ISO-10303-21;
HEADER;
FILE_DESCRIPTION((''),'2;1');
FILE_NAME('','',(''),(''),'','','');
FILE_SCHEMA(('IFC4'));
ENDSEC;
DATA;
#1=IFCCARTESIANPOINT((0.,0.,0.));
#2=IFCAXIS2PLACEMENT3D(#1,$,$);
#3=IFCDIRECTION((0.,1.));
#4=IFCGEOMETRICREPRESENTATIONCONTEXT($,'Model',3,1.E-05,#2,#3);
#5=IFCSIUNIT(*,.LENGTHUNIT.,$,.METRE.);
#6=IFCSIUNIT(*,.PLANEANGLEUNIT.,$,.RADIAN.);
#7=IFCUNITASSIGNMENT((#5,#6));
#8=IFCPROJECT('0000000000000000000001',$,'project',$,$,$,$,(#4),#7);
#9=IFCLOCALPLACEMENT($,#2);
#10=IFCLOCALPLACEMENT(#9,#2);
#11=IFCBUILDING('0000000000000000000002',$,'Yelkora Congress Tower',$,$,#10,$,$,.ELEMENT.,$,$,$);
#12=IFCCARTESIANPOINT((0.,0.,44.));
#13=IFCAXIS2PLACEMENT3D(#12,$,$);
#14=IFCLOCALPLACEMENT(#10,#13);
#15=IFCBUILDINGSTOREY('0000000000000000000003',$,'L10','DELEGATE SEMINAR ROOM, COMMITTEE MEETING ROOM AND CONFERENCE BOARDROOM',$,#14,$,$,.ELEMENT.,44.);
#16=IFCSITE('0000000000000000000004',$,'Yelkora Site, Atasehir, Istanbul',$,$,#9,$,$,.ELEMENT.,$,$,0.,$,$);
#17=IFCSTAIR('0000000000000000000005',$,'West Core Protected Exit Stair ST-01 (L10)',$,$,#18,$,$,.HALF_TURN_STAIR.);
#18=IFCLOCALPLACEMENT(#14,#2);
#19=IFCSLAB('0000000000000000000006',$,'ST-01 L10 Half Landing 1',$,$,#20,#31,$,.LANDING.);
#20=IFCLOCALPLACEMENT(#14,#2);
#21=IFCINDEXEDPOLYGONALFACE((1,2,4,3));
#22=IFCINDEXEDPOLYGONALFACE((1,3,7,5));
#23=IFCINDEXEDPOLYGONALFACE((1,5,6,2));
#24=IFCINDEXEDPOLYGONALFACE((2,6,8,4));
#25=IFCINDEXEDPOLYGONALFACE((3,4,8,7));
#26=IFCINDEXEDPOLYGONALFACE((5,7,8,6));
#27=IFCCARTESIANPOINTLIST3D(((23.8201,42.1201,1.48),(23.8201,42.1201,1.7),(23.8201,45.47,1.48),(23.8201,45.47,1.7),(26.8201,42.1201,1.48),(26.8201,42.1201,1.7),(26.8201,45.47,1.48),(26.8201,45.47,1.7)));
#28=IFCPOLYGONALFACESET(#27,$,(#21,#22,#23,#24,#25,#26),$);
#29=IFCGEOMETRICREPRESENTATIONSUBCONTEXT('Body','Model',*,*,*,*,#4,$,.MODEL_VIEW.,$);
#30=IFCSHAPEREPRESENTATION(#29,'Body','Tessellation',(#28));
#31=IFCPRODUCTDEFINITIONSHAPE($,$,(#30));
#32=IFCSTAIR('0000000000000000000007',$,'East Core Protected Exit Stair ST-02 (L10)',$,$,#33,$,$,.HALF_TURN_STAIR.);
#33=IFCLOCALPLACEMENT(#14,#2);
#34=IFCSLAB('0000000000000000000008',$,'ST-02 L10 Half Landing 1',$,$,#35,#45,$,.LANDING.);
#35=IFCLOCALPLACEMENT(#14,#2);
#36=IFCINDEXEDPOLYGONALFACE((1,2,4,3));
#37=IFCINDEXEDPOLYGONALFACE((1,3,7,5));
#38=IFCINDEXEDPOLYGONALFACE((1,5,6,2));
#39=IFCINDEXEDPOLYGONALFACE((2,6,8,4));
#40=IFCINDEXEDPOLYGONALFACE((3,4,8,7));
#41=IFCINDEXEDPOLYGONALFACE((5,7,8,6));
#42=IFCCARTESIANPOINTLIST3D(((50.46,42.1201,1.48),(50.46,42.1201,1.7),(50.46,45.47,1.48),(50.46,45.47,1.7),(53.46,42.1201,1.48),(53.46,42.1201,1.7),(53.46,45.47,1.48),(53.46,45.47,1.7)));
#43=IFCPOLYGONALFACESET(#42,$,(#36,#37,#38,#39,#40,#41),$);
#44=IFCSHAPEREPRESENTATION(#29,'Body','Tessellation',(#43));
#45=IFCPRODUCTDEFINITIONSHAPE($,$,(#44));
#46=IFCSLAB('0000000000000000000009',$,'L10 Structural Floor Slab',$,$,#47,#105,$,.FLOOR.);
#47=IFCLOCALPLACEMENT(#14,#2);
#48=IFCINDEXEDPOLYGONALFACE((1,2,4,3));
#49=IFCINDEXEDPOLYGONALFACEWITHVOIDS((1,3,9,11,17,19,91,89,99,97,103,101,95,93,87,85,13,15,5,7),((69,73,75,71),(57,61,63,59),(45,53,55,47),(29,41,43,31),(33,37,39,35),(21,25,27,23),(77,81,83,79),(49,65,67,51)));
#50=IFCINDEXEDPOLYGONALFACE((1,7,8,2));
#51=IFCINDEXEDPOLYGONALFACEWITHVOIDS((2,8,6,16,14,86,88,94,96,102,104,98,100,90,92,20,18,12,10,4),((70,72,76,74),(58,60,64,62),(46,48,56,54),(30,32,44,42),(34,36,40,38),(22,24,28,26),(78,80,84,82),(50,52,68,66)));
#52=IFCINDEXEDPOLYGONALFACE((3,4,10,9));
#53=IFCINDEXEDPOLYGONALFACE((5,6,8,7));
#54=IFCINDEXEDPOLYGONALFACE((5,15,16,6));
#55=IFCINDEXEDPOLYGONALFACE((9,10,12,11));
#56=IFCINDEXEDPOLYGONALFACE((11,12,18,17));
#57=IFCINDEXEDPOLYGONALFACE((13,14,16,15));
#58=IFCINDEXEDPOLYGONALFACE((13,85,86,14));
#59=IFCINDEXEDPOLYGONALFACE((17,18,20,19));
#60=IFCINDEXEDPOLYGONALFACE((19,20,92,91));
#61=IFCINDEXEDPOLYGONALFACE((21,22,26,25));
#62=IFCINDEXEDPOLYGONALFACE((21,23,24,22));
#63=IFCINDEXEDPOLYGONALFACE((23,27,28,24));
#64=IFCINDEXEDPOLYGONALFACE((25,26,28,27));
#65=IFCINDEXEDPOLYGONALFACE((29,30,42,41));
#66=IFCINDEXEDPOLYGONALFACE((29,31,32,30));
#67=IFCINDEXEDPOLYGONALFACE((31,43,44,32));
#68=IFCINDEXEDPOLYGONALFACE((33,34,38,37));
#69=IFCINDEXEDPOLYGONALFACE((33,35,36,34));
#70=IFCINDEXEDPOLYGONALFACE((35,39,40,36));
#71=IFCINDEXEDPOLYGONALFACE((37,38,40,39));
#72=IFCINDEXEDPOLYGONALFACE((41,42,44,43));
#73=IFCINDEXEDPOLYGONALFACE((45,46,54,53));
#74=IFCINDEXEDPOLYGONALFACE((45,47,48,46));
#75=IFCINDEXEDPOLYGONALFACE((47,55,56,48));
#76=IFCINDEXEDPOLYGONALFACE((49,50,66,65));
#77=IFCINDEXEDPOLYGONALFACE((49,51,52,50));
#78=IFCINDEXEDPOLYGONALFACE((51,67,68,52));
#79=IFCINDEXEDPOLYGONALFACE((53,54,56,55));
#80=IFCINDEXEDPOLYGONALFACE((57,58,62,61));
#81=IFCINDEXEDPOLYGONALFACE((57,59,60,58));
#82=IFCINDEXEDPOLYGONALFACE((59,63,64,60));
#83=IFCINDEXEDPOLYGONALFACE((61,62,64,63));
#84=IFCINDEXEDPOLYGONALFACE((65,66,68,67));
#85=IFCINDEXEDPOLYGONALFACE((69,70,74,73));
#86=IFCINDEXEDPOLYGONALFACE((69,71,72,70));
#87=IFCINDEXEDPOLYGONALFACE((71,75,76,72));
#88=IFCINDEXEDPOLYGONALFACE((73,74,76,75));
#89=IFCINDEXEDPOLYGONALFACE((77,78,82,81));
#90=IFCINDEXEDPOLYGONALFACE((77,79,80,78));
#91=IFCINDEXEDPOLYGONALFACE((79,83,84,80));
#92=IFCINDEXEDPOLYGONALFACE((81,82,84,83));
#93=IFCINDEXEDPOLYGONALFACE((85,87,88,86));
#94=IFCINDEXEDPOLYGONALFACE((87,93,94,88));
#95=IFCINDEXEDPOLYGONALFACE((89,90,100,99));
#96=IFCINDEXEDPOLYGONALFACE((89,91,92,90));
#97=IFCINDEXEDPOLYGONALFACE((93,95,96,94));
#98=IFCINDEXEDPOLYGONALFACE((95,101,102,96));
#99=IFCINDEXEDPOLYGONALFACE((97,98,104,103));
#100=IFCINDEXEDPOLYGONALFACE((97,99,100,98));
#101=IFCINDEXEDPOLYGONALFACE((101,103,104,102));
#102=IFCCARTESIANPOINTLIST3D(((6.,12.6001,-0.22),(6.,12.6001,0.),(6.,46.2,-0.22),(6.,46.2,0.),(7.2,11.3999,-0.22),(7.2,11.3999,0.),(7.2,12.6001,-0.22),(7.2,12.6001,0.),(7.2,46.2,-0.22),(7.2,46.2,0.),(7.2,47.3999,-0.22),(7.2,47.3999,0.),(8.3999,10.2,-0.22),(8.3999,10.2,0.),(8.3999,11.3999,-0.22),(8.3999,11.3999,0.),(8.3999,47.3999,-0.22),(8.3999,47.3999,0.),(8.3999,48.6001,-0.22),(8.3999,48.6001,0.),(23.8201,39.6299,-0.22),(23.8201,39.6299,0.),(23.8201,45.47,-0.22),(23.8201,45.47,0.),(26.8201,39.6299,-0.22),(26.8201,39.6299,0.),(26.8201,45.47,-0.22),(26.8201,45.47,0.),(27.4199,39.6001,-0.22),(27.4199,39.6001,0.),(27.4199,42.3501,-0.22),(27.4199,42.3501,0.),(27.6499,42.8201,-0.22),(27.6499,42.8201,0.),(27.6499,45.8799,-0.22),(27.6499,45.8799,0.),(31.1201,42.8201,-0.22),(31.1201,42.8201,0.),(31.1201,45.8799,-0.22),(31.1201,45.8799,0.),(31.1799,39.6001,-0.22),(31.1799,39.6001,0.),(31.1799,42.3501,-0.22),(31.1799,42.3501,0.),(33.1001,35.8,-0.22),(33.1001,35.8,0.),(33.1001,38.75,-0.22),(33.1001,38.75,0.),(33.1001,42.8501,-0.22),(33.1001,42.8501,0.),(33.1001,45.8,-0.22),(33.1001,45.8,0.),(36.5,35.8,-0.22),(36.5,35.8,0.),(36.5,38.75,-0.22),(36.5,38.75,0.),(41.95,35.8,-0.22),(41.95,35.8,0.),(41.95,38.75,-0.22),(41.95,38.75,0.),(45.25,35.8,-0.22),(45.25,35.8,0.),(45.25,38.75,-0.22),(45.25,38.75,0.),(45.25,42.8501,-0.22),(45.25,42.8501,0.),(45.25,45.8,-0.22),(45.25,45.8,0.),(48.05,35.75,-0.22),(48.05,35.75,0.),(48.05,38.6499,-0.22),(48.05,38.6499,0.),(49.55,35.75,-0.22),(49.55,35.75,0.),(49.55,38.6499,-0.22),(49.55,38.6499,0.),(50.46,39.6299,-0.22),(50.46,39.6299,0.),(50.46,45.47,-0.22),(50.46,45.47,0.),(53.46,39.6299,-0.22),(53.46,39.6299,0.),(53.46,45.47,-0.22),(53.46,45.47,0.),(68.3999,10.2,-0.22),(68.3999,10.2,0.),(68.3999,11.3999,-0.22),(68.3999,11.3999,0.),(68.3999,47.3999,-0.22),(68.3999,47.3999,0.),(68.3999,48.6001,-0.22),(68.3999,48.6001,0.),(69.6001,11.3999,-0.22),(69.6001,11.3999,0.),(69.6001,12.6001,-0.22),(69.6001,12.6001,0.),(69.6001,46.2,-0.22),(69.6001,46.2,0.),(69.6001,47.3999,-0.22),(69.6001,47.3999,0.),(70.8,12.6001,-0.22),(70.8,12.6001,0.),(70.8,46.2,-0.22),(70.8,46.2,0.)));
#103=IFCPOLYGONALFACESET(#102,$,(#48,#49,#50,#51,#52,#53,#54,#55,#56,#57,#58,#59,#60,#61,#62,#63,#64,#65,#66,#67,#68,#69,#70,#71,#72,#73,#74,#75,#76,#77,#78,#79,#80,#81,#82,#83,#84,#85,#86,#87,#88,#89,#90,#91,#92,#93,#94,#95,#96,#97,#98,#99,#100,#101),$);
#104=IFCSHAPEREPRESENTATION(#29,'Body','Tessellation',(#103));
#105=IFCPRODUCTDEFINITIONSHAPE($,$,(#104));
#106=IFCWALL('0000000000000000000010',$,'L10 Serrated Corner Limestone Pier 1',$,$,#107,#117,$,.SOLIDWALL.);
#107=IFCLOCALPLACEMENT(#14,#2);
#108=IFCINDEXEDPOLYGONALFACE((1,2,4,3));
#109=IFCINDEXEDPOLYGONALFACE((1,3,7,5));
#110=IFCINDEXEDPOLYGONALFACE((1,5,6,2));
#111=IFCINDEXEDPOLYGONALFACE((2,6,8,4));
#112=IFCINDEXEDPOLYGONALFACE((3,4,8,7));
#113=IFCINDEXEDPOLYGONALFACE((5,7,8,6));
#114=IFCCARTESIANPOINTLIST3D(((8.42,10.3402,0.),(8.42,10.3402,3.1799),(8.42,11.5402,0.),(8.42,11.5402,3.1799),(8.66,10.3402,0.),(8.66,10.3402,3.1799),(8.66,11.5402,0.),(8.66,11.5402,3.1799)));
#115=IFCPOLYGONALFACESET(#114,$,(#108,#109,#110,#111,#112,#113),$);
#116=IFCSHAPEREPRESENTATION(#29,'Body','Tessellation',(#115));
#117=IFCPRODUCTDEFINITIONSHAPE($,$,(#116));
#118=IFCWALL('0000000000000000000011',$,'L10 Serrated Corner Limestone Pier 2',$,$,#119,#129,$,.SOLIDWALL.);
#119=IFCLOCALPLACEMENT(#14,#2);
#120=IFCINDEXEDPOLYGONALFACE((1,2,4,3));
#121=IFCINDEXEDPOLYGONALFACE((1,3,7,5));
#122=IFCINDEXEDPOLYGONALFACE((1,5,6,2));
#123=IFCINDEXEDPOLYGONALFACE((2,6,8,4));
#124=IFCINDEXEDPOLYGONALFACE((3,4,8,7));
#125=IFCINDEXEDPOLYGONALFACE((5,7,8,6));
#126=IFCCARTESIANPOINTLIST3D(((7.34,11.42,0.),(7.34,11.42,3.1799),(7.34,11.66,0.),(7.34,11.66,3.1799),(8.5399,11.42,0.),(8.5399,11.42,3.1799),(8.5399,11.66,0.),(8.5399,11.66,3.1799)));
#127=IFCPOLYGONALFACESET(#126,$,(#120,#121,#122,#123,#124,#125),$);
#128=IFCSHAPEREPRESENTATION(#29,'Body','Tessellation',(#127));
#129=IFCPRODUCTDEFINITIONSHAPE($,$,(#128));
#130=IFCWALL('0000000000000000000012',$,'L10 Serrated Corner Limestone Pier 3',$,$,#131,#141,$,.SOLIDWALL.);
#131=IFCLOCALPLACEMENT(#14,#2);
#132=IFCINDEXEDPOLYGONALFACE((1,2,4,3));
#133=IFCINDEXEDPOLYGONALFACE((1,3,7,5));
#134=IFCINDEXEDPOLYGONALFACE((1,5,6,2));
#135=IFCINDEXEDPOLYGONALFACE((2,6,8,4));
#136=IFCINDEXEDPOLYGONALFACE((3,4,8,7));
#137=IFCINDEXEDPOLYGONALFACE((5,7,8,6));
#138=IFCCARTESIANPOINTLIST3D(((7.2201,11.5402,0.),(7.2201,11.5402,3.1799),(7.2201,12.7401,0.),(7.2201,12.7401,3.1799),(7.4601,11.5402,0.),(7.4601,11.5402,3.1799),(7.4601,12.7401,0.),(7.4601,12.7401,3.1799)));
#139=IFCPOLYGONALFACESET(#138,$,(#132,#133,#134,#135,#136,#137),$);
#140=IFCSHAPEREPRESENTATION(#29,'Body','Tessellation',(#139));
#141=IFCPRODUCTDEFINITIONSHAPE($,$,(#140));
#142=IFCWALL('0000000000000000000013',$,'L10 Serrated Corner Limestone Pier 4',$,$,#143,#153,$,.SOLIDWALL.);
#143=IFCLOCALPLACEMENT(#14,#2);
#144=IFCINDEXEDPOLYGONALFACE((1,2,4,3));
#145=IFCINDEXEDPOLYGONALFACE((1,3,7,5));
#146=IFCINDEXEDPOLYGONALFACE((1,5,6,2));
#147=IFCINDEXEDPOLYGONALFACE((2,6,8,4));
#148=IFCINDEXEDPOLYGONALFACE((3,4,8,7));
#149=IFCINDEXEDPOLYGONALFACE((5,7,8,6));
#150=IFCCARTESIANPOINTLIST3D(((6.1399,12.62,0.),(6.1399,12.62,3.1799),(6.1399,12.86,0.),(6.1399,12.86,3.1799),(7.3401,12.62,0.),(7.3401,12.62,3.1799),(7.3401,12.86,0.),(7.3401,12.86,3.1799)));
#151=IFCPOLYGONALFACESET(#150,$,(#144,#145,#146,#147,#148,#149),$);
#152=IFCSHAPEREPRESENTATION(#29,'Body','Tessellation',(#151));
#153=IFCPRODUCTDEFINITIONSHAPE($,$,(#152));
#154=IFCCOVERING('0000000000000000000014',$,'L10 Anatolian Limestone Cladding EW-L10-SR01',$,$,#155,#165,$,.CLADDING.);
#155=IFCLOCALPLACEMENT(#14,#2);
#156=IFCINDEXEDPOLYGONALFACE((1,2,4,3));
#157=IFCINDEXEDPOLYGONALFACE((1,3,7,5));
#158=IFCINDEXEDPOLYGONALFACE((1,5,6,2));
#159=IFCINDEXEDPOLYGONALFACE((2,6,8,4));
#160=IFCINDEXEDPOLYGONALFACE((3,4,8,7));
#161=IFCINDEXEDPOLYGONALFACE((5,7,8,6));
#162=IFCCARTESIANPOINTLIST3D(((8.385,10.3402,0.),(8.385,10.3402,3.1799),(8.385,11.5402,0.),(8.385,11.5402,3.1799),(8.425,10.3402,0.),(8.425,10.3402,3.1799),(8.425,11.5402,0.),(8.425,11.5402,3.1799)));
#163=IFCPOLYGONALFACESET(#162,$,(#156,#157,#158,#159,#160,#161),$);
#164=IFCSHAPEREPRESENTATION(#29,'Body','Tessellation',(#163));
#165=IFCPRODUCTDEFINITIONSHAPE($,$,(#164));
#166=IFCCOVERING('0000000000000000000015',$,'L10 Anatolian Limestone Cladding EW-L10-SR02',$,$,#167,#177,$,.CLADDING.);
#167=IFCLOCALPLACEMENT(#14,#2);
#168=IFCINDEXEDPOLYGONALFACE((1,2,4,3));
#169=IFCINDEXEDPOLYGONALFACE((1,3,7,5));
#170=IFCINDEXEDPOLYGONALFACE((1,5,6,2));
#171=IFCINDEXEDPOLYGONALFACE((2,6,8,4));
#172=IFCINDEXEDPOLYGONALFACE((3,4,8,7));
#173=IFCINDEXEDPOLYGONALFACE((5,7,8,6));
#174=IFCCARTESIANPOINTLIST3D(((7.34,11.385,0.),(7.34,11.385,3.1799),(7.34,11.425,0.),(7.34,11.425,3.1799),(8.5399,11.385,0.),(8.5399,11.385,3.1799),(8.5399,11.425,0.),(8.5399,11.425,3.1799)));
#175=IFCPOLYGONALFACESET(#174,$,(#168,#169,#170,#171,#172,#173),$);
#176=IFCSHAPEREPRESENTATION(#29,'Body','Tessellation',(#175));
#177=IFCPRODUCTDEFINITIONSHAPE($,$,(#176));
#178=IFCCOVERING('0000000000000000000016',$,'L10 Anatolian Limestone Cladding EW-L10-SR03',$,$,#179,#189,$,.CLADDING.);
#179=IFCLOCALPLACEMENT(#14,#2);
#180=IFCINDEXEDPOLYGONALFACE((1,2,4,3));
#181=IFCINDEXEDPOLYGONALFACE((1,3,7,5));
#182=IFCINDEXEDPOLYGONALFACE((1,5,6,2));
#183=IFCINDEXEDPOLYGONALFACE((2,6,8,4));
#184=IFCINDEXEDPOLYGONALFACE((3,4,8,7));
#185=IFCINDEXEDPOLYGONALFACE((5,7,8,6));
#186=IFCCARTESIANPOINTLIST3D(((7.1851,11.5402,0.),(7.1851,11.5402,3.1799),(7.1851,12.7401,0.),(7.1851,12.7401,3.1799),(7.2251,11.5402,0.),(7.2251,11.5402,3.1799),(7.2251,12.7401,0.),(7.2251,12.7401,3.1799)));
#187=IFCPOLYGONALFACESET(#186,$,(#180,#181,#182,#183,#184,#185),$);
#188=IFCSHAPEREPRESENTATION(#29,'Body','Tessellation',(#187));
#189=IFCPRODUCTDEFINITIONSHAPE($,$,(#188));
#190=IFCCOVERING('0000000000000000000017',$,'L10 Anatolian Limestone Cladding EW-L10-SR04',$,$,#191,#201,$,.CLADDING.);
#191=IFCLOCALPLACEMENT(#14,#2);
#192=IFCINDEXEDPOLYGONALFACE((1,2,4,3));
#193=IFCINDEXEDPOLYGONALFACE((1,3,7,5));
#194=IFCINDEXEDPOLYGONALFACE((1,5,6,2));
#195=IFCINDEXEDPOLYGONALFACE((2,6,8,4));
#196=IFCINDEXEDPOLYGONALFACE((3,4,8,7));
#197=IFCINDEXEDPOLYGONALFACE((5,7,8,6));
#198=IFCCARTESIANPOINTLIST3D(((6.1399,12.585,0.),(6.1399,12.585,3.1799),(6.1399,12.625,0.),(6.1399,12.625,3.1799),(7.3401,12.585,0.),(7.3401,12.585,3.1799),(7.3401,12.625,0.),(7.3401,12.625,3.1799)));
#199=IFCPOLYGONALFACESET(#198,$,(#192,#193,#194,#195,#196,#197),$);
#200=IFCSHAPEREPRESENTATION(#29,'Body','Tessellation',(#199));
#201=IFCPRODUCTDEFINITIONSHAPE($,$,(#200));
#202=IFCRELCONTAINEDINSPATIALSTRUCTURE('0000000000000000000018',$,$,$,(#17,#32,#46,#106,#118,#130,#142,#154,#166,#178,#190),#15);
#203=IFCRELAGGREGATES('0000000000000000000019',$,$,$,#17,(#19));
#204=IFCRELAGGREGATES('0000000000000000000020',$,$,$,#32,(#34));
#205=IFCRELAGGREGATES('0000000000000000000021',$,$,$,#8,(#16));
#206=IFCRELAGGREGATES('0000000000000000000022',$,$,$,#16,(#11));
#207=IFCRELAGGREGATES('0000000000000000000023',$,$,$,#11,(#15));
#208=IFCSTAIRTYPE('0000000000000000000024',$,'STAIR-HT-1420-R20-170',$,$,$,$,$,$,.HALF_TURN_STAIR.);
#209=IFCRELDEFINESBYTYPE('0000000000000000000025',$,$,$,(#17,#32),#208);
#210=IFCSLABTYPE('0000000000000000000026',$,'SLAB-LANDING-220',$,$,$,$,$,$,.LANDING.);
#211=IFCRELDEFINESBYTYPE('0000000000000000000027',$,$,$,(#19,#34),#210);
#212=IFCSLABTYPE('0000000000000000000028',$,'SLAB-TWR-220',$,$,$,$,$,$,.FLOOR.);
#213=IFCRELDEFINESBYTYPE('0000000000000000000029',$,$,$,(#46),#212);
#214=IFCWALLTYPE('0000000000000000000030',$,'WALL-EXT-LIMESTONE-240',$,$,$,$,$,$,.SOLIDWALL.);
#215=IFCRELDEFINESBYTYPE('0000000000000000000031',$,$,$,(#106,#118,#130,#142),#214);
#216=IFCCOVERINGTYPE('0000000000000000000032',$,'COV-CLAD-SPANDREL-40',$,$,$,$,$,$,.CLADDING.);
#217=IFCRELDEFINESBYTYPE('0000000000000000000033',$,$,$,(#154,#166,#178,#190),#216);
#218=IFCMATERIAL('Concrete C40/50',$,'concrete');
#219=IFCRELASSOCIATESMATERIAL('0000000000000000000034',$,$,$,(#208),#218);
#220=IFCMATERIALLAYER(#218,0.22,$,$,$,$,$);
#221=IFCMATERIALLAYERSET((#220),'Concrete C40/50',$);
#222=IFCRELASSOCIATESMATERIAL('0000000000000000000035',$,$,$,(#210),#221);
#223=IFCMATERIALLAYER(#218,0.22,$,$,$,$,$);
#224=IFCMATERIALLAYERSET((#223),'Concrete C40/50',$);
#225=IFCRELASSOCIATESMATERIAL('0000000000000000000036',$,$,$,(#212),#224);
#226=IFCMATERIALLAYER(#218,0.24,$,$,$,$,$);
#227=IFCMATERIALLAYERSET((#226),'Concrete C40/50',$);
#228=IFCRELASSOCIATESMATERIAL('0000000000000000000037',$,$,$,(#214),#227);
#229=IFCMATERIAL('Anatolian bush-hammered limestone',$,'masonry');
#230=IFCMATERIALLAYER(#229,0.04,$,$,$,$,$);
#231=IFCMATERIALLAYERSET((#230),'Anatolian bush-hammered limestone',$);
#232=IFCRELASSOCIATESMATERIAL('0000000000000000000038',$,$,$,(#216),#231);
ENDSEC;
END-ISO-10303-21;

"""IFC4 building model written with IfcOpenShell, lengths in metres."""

from ifc_helpers import new_model, si_unit, direction, frame, frame_2d, origin, place, context, subcontext, project, spatial, polyline, rectangle, outline, extrude, material, layer, layer_set, type_object, element, aggregate, save


model = new_model("IFC4")

# Units and contexts
model_context = context("Model", 3, precision=1e-05, world=origin(), true_north=direction((0.0, 1.0)))
body_context = subcontext(model_context, "Body", "Model", "MODEL_VIEW")
ifc_project = project(units=[si_unit("LENGTHUNIT", "METRE"), si_unit("PLANEANGLEUNIT", "RADIAN")], contexts=[model_context])

# Site, building, storey
site_placement = place(None, origin())
site = spatial("IfcSite", under=ifc_project, at=site_placement, Name="Yelkora Site, Atasehir, Istanbul", CompositionType="ELEMENT", RefElevation=0.0)
building_placement = place(site_placement, origin())
building = spatial("IfcBuilding", under=site, at=building_placement, Name="Yelkora Congress Tower", CompositionType="ELEMENT")
storey_placement = place(building_placement, frame((0.0, 0.0, 44.0)))
storey = spatial("IfcBuildingStorey", under=building, at=storey_placement, Name="L10", Description="DELEGATE SEMINAR ROOM, COMMITTEE MEETING ROOM AND CONFERENCE BOARDROOM", CompositionType="ELEMENT", Elevation=44.0)

# Stairs, slabs
ifc_material_1 = material(Name="Concrete C40/50", Category="concrete")
stair_type = type_object("IfcStairType", Name="STAIR-HT-1420-R20-170", PredefinedType="HALF_TURN_STAIR", material=ifc_material_1)
stair_1_placement = place(storey_placement, origin())
stair_1 = element("IfcStair", 1, at=stair_1_placement, inside=storey, type_object=stair_type, Name="West Core Protected Exit Stair ST-01 (L10)", PredefinedType="HALF_TURN_STAIR")
ifc_layer_1 = layer(ifc_material_1, 0.22)
ifc_layer_set_1 = layer_set([ifc_layer_1], Name="Concrete C40/50")
slab_type_1 = type_object("IfcSlabType", Name="SLAB-LANDING-220", PredefinedType="LANDING", material=ifc_layer_set_1)
slab_1_placement = place(storey_placement, frame((0.0, 0.0, 1.48)))
slab_1 = element("IfcSlab", 2, at=slab_1_placement, type_object=slab_type_1, Name="ST-01 L10 Half Landing 1", PredefinedType="LANDING", context=body_context, shape_type="SweptSolid", body=[
    extrude(outline(polyline([(26.8201, 42.1201), (26.8201, 45.47), (23.8201, 45.47), (23.8201, 42.1201), (26.8201, 42.1201)])), origin(), (0.0, 0.0, 1.0), 0.22),
])
aggregate(stair_1, [slab_1])
stair_2_placement = place(storey_placement, origin())
stair_2 = element("IfcStair", 3, at=stair_2_placement, inside=storey, type_object=stair_type, Name="East Core Protected Exit Stair ST-02 (L10)", PredefinedType="HALF_TURN_STAIR")
slab_2_placement = place(storey_placement, frame((0.0, 0.0, 1.48)))
slab_2 = element("IfcSlab", 4, at=slab_2_placement, type_object=slab_type_1, Name="ST-02 L10 Half Landing 1", PredefinedType="LANDING", context=body_context, shape_type="SweptSolid", body=[
    extrude(outline(polyline([(53.46, 42.1201), (53.46, 45.47), (50.46, 45.47), (50.46, 42.1201), (53.46, 42.1201)])), origin(), (0.0, 0.0, 1.0), 0.22),
])
aggregate(stair_2, [slab_2])

# Slab
ifc_layer_2 = layer(ifc_material_1, 0.22)
ifc_layer_set_2 = layer_set([ifc_layer_2], Name="Concrete C40/50")
slab_type_2 = type_object("IfcSlabType", Name="SLAB-TWR-220", PredefinedType="FLOOR", material=ifc_layer_set_2)
slab_3_placement = place(storey_placement, frame((0.0, 0.0, -0.22)))
element("IfcSlab", 5, at=slab_3_placement, inside=storey, type_object=slab_type_2, Name="L10 Structural Floor Slab", PredefinedType="FLOOR", context=body_context, shape_type="SweptSolid", body=[
    extrude(outline(polyline([(8.3999, 10.2), (68.3999, 10.2), (68.3999, 11.3999), (69.6001, 11.3999), (69.6001, 12.6001), (70.8, 12.6001), (70.8, 46.2), (69.6001, 46.2), (69.6001, 47.3999), (68.3999, 47.3999), (68.3999, 48.6001), (8.3999, 48.6001), (8.3999, 47.3999), (7.2, 47.3999), (7.2, 46.2), (6.0, 46.2), (6.0, 12.6001), (7.2, 12.6001), (7.2, 11.3999), (8.3999, 11.3999), (8.3999, 10.2)]), holes=[polyline([(23.8201, 39.6299), (26.8201, 39.6299), (26.8201, 45.47), (23.8201, 45.47), (23.8201, 39.6299)]), polyline([(50.46, 39.6299), (53.46, 39.6299), (53.46, 45.47), (50.46, 45.47), (50.46, 39.6299)]), polyline([(48.05, 35.75), (49.55, 35.75), (49.55, 38.6499), (48.05, 38.6499), (48.05, 35.75)]), polyline([(41.95, 35.8), (45.25, 35.8), (45.25, 38.75), (41.95, 38.75), (41.95, 35.8)]), polyline([(33.1001, 42.8501), (45.25, 42.8501), (45.25, 45.8), (33.1001, 45.8), (33.1001, 42.8501)]), polyline([(33.1001, 35.8), (36.5, 35.8), (36.5, 38.75), (33.1001, 38.75), (33.1001, 35.8)]), polyline([(27.4199, 39.6001), (31.1799, 39.6001), (31.1799, 42.3501), (27.4199, 42.3501), (27.4199, 39.6001)]), polyline([(27.6499, 42.8201), (31.1201, 42.8201), (31.1201, 45.8799), (27.6499, 45.8799), (27.6499, 42.8201)])]), origin(), (0.0, 0.0, 1.0), 0.22),
])

# Walls
ifc_layer_3 = layer(ifc_material_1, 0.24)
ifc_layer_set_3 = layer_set([ifc_layer_3], Name="Concrete C40/50")
wall_type = type_object("IfcWallType", Name="WALL-EXT-LIMESTONE-240", PredefinedType="SOLIDWALL", material=ifc_layer_set_3)
for number, where, z_axis, x_axis, name in (
    (6, (8.54, 10.3401, 0.0), (0.0, 0.0, 1.0), (0.0, 1.0, 0.0), "L10 Serrated Corner Limestone Pier 1"),
    (7, (8.54, 11.54, 0.0), (0.0, 0.0, 1.0), (-1.0, 0.0, 0.0), "L10 Serrated Corner Limestone Pier 2"),
    (8, (7.3401, 11.54, 0.0), (0.0, 0.0, 1.0), (0.0, 1.0, 0.0), "L10 Serrated Corner Limestone Pier 3"),
):
    element("IfcWall", number, at=place(storey_placement, frame(where, z_axis=z_axis, x_axis=x_axis)), inside=storey, type_object=wall_type, Name=name, PredefinedType="SOLIDWALL", context=body_context, shape_type="SweptSolid", body=[
        extrude(rectangle(XDim=1.2, YDim=0.24, at=frame_2d((0.6001, 0.0))), origin(), (0.0, 0.0, 1.0), 3.1799),
    ])
wall_placement = place(storey_placement, frame((7.3401, 12.74, 0.0), z_axis=(0.0, 0.0, 1.0), x_axis=(-1.0, 0.0, 0.0)))
element("IfcWall", 9, at=wall_placement, inside=storey, type_object=wall_type, Name="L10 Serrated Corner Limestone Pier 4", PredefinedType="SOLIDWALL", context=body_context, shape_type="SweptSolid", body=[
    extrude(rectangle(XDim=1.2002, YDim=0.24, at=frame_2d((0.6001, 0.0))), origin(), (0.0, 0.0, 1.0), 3.1799),
])

# Coverings
ifc_material_2 = material(Name="Anatolian bush-hammered limestone", Category="masonry")
ifc_layer_4 = layer(ifc_material_2, 0.04)
ifc_layer_set_4 = layer_set([ifc_layer_4], Name="Anatolian bush-hammered limestone")
covering_type = type_object("IfcCoveringType", Name="COV-CLAD-SPANDREL-40", PredefinedType="CLADDING", material=ifc_layer_set_4)
for number, where, z_axis, x_axis, name in (
    (10, (8.405, 10.3401, 0.0), (0.0, 0.0, 1.0), (0.0, 1.0, 0.0), "L10 Anatolian Limestone Cladding EW-L10-SR01"),
    (11, (8.54, 11.405, 0.0), (0.0, 0.0, 1.0), (-1.0, 0.0, 0.0), "L10 Anatolian Limestone Cladding EW-L10-SR02"),
    (12, (7.2051, 11.54, 0.0), (0.0, 0.0, 1.0), (0.0, 1.0, 0.0), "L10 Anatolian Limestone Cladding EW-L10-SR03"),
):
    element("IfcCovering", number, at=place(storey_placement, frame(where, z_axis=z_axis, x_axis=x_axis)), inside=storey, type_object=covering_type, Name=name, PredefinedType="CLADDING", context=body_context, shape_type="SweptSolid", body=[
        extrude(rectangle(XDim=1.2, YDim=0.04, at=frame_2d((0.6001, 0.0))), origin(), (0.0, 0.0, 1.0), 3.1799),
    ])
covering_placement = place(storey_placement, frame((7.3401, 12.605, 0.0), z_axis=(0.0, 0.0, 1.0), x_axis=(-1.0, 0.0, 0.0)))
element("IfcCovering", 13, at=covering_placement, inside=storey, type_object=covering_type, Name="L10 Anatolian Limestone Cladding EW-L10-SR04", PredefinedType="CLADDING", context=body_context, shape_type="SweptSolid", body=[
    extrude(rectangle(XDim=1.2002, YDim=0.04, at=frame_2d((0.6001, 0.0))), origin(), (0.0, 0.0, 1.0), 3.1799),
])

save(model, "model.ifc")
